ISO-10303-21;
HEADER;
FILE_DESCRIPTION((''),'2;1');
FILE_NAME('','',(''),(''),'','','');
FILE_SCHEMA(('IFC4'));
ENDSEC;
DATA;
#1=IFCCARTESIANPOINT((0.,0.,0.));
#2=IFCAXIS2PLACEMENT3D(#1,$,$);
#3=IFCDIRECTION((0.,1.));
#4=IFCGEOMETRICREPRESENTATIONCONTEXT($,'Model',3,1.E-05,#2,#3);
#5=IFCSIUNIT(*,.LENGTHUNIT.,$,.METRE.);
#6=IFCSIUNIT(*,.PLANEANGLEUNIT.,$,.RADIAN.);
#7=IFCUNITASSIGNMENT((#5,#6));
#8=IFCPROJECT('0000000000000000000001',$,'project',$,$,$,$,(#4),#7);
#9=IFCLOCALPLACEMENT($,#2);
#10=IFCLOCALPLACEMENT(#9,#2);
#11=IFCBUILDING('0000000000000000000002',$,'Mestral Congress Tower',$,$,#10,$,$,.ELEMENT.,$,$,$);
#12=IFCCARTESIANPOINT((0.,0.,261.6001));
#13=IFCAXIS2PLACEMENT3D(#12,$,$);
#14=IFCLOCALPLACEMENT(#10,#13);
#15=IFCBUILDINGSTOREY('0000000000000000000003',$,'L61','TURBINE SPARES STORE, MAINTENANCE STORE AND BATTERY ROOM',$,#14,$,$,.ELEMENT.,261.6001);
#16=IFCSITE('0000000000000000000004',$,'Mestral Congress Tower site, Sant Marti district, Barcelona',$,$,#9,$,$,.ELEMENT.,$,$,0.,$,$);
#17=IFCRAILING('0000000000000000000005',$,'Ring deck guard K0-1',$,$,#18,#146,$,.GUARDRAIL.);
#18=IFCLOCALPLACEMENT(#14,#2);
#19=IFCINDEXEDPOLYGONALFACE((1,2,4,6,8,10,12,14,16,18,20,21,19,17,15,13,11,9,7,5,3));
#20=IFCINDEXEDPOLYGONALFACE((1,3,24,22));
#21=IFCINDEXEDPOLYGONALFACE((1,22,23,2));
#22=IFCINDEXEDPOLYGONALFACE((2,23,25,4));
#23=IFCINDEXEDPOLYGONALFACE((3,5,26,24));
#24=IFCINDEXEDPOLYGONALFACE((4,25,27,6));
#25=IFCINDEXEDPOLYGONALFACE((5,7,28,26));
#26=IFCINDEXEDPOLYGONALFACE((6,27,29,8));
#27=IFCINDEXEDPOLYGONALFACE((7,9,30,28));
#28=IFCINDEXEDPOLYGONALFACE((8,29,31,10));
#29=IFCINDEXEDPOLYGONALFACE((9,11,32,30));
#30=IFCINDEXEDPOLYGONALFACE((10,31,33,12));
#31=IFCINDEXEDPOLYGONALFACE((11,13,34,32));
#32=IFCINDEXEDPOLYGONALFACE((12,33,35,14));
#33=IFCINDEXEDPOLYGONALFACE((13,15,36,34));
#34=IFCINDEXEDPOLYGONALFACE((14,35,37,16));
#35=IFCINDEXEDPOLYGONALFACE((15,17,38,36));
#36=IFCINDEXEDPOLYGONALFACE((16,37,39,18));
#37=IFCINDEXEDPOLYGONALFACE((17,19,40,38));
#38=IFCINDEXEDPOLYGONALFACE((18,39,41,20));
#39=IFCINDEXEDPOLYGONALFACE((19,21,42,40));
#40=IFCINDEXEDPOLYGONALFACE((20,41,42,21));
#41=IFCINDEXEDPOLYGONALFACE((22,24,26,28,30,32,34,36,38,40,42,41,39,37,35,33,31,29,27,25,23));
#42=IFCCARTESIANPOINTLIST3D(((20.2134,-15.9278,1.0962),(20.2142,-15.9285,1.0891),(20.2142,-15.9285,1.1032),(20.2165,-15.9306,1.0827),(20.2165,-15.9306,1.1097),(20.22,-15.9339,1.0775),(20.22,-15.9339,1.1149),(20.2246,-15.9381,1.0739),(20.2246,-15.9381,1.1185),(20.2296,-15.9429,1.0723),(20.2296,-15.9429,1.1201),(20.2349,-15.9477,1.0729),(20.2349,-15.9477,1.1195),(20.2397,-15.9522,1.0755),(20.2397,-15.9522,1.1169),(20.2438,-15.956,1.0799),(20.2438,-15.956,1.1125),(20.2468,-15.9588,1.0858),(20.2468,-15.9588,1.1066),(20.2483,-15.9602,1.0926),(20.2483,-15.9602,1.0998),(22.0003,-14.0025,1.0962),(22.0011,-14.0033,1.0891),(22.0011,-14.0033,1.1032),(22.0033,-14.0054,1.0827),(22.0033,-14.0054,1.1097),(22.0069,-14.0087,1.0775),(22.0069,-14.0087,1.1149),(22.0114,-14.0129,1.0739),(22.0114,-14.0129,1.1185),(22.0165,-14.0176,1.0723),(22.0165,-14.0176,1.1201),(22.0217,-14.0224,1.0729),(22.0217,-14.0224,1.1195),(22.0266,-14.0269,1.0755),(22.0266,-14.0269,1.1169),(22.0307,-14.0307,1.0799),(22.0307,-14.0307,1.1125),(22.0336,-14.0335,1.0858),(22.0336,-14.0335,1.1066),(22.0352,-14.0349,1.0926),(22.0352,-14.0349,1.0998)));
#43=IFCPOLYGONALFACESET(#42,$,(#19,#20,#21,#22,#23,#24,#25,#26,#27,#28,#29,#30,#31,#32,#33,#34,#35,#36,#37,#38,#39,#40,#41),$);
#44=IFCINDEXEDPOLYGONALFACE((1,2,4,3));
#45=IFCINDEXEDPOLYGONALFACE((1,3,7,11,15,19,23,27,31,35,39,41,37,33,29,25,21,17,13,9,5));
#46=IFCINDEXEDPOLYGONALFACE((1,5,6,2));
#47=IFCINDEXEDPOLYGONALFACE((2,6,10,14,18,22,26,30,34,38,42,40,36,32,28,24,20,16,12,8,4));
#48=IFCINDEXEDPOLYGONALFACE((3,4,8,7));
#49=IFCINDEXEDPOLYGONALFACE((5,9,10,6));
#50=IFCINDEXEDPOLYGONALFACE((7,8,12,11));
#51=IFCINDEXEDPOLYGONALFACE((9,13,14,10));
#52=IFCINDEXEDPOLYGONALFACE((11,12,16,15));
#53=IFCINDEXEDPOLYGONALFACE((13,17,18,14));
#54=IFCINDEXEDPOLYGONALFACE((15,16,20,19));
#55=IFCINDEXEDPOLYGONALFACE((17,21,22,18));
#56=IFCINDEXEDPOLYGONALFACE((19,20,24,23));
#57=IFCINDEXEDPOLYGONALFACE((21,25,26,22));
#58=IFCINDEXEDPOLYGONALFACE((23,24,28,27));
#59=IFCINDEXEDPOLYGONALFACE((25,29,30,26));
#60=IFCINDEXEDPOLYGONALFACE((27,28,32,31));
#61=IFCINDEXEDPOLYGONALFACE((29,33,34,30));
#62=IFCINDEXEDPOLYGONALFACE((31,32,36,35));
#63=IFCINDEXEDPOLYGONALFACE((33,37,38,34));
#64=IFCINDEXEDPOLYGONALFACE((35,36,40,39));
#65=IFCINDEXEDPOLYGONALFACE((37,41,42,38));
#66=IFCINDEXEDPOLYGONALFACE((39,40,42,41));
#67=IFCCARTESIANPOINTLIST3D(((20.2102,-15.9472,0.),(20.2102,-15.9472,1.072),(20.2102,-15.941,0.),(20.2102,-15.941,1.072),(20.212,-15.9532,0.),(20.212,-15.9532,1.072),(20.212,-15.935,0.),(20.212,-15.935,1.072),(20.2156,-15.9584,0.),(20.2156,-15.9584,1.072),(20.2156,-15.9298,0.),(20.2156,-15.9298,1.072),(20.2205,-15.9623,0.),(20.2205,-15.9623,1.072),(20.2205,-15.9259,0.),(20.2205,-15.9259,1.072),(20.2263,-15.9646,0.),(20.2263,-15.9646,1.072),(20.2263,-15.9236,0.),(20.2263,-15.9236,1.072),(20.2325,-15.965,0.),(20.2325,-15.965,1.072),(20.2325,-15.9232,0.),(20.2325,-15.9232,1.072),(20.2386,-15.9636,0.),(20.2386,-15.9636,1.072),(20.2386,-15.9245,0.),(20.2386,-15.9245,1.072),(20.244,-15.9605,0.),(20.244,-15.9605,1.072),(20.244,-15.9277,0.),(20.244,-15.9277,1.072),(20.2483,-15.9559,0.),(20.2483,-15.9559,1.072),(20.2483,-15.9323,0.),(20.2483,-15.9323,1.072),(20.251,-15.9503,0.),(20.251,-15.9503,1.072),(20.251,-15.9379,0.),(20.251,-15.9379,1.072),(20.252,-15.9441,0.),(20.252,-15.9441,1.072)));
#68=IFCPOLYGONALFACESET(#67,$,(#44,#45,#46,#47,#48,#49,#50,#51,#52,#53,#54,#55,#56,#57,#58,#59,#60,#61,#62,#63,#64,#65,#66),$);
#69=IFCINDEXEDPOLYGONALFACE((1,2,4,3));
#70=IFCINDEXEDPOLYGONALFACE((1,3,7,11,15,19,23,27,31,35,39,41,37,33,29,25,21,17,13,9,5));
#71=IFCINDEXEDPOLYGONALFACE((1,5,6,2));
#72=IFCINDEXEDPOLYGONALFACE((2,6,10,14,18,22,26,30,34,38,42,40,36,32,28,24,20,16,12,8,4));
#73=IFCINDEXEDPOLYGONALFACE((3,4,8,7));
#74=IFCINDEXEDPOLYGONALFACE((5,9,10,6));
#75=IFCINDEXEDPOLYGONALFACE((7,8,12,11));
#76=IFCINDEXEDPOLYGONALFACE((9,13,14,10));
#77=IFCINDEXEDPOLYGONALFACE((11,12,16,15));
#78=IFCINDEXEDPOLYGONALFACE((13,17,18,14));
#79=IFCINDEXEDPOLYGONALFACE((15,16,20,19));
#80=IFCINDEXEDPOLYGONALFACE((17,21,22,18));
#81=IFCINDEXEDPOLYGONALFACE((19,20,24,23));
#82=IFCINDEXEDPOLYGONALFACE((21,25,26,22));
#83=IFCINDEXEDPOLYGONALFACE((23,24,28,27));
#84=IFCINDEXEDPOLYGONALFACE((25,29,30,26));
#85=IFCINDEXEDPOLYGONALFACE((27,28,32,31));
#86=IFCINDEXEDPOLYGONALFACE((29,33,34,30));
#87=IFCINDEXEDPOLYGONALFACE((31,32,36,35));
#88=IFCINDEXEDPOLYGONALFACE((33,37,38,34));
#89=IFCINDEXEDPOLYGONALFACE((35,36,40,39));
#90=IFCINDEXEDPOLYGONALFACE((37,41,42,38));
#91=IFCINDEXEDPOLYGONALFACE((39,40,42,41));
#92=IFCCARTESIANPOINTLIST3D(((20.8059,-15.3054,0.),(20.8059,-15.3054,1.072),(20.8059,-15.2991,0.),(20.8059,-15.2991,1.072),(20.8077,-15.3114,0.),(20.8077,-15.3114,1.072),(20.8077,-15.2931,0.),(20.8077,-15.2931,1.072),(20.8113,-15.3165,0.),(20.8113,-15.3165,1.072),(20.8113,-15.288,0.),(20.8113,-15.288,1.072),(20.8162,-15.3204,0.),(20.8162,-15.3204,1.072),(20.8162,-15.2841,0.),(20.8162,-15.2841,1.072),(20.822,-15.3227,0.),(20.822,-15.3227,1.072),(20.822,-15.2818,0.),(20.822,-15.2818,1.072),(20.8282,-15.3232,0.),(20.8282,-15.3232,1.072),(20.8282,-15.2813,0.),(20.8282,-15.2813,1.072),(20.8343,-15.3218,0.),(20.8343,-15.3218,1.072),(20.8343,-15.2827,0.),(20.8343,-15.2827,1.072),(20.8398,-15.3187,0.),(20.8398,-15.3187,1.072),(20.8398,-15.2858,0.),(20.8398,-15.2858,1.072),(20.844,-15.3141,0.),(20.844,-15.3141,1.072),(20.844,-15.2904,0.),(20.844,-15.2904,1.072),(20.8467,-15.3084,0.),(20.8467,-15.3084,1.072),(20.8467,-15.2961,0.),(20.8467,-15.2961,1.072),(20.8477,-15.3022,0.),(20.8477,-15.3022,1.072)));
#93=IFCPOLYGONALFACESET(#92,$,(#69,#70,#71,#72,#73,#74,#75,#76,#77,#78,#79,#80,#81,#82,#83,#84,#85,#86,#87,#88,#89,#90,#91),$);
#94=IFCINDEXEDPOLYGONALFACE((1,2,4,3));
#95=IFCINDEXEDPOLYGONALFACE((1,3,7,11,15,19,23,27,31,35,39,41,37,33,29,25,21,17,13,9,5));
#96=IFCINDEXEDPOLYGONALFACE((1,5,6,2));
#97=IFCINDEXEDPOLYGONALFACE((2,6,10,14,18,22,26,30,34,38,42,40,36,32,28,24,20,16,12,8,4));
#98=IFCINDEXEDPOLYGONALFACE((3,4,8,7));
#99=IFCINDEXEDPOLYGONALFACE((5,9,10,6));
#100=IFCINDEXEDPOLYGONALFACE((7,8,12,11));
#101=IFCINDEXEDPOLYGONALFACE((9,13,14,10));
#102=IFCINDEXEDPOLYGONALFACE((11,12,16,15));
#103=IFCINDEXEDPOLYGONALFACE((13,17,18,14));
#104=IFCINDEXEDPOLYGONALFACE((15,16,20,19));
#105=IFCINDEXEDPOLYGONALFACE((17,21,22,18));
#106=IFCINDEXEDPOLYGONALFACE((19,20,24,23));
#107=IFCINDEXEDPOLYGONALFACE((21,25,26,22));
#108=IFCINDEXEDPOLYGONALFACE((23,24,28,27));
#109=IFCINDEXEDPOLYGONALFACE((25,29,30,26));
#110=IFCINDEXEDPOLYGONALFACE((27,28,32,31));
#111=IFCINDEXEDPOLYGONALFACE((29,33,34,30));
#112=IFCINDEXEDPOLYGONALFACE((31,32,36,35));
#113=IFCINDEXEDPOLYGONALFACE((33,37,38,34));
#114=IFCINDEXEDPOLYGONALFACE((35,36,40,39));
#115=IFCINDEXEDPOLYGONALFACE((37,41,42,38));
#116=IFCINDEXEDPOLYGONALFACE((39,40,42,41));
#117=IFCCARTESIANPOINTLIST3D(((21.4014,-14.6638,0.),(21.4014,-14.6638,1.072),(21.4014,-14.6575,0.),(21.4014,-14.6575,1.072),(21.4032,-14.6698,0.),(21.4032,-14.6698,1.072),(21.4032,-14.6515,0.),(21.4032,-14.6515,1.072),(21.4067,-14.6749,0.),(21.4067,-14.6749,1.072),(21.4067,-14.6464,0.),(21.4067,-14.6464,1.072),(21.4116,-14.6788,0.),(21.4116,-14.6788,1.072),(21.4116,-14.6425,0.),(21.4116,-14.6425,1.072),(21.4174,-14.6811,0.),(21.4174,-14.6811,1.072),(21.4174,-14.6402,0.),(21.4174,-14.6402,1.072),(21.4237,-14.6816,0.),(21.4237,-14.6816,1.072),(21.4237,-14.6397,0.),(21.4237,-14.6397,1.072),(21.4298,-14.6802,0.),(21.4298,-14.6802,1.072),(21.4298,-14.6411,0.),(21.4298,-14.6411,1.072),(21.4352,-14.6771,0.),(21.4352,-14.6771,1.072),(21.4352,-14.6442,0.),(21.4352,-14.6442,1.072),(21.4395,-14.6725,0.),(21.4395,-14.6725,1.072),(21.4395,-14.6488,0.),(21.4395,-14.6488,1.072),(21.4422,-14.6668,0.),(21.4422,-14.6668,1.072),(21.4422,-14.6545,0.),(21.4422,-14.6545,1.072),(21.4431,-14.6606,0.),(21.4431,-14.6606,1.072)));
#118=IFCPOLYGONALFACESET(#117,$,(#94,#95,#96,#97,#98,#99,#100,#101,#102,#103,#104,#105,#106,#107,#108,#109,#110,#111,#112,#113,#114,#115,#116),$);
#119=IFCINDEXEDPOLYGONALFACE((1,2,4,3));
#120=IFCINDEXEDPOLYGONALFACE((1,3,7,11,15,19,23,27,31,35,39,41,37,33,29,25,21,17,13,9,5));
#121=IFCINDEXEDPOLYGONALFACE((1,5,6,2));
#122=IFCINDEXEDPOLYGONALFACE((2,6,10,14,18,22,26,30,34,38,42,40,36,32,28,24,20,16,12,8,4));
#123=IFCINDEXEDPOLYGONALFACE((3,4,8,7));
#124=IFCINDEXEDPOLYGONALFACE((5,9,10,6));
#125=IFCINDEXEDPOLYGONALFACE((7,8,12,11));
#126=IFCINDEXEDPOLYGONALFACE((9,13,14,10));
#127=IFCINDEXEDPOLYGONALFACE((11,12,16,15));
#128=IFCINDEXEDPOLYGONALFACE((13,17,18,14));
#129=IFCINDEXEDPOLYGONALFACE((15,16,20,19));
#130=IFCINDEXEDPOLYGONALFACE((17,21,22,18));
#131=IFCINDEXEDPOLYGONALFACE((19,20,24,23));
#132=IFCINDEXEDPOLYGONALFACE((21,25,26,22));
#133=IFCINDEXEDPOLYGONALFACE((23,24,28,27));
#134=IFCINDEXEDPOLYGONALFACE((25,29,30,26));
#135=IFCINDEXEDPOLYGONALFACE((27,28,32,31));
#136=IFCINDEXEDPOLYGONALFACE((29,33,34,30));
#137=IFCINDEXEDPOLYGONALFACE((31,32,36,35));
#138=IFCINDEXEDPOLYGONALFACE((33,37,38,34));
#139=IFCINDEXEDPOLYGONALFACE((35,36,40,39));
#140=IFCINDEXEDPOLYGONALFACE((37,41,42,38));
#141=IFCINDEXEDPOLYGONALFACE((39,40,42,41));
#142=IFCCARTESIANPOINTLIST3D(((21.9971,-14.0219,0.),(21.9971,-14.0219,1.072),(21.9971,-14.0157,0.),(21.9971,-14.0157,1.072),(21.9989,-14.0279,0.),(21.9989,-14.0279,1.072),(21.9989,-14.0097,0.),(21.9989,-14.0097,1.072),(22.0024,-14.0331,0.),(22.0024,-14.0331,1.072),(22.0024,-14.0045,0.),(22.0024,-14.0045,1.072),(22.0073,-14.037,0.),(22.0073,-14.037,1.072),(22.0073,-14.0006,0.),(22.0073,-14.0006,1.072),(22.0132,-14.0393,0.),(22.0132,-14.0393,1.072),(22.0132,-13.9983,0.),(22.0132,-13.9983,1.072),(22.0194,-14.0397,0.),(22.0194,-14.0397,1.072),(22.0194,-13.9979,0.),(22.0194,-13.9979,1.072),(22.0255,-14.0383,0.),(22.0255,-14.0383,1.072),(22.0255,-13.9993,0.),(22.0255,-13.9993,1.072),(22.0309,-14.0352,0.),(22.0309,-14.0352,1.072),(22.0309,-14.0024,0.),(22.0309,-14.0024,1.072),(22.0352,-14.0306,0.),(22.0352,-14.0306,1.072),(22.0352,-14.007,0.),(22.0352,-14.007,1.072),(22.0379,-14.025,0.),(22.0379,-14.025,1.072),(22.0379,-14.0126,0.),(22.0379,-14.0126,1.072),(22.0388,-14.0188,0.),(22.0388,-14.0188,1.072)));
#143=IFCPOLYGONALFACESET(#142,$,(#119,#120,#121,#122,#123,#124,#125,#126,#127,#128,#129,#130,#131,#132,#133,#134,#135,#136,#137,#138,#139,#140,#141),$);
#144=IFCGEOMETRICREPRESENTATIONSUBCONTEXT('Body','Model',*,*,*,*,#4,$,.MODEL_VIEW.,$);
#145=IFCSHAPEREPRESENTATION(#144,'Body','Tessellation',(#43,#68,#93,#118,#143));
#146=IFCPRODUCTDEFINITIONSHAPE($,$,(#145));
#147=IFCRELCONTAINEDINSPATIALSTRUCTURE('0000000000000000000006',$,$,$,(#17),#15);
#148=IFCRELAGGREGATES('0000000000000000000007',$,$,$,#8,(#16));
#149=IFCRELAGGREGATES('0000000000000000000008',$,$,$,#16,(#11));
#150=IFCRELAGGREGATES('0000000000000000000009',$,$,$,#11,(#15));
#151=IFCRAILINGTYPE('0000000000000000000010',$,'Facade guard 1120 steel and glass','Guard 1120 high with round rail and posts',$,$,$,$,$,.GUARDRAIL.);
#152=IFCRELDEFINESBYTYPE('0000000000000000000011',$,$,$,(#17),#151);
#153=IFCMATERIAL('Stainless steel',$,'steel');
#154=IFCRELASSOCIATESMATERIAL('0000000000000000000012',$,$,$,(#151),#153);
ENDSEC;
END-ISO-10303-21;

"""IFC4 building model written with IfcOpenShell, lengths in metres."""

from ifc_helpers import new_model, si_unit, direction, frame, origin, origin_2d, place, context, subcontext, project, spatial, circle, extrude, material, type_object, element, save


model = new_model("IFC4")

# Units and contexts
model_context = context("Model", 3, precision=1e-05, world=origin(), true_north=direction((0.0, 1.0)))
body_context = subcontext(model_context, "Body", "Model", "MODEL_VIEW")
ifc_project = project(units=[si_unit("LENGTHUNIT", "METRE"), si_unit("PLANEANGLEUNIT", "RADIAN")], contexts=[model_context])

# Site, building, storey
site_placement = place(None, origin())
site = spatial("IfcSite", under=ifc_project, at=site_placement, Name="Mestral Congress Tower site, Sant Marti district, Barcelona", CompositionType="ELEMENT", RefElevation=0.0)
building_placement = place(site_placement, origin())
building = spatial("IfcBuilding", under=site, at=building_placement, Name="Mestral Congress Tower", CompositionType="ELEMENT")
storey_placement = place(building_placement, frame((0.0, 0.0, 261.6001)))
storey = spatial("IfcBuildingStorey", under=building, at=storey_placement, Name="L61", Description="TURBINE SPARES STORE, MAINTENANCE STORE AND BATTERY ROOM", CompositionType="ELEMENT", Elevation=261.6001)

# Railing
ifc_material_1 = material(Name="Stainless steel", Category="steel")
railing_type = type_object("IfcRailingType", Name="Facade guard 1120 steel and glass", Description="Guard 1120 high with round rail and posts", PredefinedType="GUARDRAIL", material=ifc_material_1)
railing_1_placement = place(storey_placement, frame((20.231, -15.9441, 0.0)))
element("IfcRailing", 1, at=railing_1_placement, inside=storey, type_object=railing_type, Name="Ring deck guard K0-1", PredefinedType="GUARDRAIL", context=body_context, shape_type="SweptSolid", body=[
    extrude(circle(Radius=0.0239, at=origin_2d()), frame((0.0, 0.0, 1.0962), z_axis=(0.680266, 0.732966, 0.0), x_axis=(-0.732966, 0.680266, 0.0)), (0.0, 0.0, 1.0), 2.6267),
    extrude(circle(Radius=0.021, at=origin_2d()), origin(), (0.0, 0.0, 1.0), 1.072),
    extrude(circle(Radius=0.021, at=origin_2d()), frame((0.5957, 0.6418, 0.0)), (0.0, 0.0, 1.0), 1.072),
    extrude(circle(Radius=0.021, at=origin_2d()), frame((1.1912, 1.2834, 0.0)), (0.0, 0.0, 1.0), 1.072),
    extrude(circle(Radius=0.021, at=origin_2d()), frame((1.7869, 1.9253, 0.0)), (0.0, 0.0, 1.0), 1.072),
])

save(model, "model.ifc")
